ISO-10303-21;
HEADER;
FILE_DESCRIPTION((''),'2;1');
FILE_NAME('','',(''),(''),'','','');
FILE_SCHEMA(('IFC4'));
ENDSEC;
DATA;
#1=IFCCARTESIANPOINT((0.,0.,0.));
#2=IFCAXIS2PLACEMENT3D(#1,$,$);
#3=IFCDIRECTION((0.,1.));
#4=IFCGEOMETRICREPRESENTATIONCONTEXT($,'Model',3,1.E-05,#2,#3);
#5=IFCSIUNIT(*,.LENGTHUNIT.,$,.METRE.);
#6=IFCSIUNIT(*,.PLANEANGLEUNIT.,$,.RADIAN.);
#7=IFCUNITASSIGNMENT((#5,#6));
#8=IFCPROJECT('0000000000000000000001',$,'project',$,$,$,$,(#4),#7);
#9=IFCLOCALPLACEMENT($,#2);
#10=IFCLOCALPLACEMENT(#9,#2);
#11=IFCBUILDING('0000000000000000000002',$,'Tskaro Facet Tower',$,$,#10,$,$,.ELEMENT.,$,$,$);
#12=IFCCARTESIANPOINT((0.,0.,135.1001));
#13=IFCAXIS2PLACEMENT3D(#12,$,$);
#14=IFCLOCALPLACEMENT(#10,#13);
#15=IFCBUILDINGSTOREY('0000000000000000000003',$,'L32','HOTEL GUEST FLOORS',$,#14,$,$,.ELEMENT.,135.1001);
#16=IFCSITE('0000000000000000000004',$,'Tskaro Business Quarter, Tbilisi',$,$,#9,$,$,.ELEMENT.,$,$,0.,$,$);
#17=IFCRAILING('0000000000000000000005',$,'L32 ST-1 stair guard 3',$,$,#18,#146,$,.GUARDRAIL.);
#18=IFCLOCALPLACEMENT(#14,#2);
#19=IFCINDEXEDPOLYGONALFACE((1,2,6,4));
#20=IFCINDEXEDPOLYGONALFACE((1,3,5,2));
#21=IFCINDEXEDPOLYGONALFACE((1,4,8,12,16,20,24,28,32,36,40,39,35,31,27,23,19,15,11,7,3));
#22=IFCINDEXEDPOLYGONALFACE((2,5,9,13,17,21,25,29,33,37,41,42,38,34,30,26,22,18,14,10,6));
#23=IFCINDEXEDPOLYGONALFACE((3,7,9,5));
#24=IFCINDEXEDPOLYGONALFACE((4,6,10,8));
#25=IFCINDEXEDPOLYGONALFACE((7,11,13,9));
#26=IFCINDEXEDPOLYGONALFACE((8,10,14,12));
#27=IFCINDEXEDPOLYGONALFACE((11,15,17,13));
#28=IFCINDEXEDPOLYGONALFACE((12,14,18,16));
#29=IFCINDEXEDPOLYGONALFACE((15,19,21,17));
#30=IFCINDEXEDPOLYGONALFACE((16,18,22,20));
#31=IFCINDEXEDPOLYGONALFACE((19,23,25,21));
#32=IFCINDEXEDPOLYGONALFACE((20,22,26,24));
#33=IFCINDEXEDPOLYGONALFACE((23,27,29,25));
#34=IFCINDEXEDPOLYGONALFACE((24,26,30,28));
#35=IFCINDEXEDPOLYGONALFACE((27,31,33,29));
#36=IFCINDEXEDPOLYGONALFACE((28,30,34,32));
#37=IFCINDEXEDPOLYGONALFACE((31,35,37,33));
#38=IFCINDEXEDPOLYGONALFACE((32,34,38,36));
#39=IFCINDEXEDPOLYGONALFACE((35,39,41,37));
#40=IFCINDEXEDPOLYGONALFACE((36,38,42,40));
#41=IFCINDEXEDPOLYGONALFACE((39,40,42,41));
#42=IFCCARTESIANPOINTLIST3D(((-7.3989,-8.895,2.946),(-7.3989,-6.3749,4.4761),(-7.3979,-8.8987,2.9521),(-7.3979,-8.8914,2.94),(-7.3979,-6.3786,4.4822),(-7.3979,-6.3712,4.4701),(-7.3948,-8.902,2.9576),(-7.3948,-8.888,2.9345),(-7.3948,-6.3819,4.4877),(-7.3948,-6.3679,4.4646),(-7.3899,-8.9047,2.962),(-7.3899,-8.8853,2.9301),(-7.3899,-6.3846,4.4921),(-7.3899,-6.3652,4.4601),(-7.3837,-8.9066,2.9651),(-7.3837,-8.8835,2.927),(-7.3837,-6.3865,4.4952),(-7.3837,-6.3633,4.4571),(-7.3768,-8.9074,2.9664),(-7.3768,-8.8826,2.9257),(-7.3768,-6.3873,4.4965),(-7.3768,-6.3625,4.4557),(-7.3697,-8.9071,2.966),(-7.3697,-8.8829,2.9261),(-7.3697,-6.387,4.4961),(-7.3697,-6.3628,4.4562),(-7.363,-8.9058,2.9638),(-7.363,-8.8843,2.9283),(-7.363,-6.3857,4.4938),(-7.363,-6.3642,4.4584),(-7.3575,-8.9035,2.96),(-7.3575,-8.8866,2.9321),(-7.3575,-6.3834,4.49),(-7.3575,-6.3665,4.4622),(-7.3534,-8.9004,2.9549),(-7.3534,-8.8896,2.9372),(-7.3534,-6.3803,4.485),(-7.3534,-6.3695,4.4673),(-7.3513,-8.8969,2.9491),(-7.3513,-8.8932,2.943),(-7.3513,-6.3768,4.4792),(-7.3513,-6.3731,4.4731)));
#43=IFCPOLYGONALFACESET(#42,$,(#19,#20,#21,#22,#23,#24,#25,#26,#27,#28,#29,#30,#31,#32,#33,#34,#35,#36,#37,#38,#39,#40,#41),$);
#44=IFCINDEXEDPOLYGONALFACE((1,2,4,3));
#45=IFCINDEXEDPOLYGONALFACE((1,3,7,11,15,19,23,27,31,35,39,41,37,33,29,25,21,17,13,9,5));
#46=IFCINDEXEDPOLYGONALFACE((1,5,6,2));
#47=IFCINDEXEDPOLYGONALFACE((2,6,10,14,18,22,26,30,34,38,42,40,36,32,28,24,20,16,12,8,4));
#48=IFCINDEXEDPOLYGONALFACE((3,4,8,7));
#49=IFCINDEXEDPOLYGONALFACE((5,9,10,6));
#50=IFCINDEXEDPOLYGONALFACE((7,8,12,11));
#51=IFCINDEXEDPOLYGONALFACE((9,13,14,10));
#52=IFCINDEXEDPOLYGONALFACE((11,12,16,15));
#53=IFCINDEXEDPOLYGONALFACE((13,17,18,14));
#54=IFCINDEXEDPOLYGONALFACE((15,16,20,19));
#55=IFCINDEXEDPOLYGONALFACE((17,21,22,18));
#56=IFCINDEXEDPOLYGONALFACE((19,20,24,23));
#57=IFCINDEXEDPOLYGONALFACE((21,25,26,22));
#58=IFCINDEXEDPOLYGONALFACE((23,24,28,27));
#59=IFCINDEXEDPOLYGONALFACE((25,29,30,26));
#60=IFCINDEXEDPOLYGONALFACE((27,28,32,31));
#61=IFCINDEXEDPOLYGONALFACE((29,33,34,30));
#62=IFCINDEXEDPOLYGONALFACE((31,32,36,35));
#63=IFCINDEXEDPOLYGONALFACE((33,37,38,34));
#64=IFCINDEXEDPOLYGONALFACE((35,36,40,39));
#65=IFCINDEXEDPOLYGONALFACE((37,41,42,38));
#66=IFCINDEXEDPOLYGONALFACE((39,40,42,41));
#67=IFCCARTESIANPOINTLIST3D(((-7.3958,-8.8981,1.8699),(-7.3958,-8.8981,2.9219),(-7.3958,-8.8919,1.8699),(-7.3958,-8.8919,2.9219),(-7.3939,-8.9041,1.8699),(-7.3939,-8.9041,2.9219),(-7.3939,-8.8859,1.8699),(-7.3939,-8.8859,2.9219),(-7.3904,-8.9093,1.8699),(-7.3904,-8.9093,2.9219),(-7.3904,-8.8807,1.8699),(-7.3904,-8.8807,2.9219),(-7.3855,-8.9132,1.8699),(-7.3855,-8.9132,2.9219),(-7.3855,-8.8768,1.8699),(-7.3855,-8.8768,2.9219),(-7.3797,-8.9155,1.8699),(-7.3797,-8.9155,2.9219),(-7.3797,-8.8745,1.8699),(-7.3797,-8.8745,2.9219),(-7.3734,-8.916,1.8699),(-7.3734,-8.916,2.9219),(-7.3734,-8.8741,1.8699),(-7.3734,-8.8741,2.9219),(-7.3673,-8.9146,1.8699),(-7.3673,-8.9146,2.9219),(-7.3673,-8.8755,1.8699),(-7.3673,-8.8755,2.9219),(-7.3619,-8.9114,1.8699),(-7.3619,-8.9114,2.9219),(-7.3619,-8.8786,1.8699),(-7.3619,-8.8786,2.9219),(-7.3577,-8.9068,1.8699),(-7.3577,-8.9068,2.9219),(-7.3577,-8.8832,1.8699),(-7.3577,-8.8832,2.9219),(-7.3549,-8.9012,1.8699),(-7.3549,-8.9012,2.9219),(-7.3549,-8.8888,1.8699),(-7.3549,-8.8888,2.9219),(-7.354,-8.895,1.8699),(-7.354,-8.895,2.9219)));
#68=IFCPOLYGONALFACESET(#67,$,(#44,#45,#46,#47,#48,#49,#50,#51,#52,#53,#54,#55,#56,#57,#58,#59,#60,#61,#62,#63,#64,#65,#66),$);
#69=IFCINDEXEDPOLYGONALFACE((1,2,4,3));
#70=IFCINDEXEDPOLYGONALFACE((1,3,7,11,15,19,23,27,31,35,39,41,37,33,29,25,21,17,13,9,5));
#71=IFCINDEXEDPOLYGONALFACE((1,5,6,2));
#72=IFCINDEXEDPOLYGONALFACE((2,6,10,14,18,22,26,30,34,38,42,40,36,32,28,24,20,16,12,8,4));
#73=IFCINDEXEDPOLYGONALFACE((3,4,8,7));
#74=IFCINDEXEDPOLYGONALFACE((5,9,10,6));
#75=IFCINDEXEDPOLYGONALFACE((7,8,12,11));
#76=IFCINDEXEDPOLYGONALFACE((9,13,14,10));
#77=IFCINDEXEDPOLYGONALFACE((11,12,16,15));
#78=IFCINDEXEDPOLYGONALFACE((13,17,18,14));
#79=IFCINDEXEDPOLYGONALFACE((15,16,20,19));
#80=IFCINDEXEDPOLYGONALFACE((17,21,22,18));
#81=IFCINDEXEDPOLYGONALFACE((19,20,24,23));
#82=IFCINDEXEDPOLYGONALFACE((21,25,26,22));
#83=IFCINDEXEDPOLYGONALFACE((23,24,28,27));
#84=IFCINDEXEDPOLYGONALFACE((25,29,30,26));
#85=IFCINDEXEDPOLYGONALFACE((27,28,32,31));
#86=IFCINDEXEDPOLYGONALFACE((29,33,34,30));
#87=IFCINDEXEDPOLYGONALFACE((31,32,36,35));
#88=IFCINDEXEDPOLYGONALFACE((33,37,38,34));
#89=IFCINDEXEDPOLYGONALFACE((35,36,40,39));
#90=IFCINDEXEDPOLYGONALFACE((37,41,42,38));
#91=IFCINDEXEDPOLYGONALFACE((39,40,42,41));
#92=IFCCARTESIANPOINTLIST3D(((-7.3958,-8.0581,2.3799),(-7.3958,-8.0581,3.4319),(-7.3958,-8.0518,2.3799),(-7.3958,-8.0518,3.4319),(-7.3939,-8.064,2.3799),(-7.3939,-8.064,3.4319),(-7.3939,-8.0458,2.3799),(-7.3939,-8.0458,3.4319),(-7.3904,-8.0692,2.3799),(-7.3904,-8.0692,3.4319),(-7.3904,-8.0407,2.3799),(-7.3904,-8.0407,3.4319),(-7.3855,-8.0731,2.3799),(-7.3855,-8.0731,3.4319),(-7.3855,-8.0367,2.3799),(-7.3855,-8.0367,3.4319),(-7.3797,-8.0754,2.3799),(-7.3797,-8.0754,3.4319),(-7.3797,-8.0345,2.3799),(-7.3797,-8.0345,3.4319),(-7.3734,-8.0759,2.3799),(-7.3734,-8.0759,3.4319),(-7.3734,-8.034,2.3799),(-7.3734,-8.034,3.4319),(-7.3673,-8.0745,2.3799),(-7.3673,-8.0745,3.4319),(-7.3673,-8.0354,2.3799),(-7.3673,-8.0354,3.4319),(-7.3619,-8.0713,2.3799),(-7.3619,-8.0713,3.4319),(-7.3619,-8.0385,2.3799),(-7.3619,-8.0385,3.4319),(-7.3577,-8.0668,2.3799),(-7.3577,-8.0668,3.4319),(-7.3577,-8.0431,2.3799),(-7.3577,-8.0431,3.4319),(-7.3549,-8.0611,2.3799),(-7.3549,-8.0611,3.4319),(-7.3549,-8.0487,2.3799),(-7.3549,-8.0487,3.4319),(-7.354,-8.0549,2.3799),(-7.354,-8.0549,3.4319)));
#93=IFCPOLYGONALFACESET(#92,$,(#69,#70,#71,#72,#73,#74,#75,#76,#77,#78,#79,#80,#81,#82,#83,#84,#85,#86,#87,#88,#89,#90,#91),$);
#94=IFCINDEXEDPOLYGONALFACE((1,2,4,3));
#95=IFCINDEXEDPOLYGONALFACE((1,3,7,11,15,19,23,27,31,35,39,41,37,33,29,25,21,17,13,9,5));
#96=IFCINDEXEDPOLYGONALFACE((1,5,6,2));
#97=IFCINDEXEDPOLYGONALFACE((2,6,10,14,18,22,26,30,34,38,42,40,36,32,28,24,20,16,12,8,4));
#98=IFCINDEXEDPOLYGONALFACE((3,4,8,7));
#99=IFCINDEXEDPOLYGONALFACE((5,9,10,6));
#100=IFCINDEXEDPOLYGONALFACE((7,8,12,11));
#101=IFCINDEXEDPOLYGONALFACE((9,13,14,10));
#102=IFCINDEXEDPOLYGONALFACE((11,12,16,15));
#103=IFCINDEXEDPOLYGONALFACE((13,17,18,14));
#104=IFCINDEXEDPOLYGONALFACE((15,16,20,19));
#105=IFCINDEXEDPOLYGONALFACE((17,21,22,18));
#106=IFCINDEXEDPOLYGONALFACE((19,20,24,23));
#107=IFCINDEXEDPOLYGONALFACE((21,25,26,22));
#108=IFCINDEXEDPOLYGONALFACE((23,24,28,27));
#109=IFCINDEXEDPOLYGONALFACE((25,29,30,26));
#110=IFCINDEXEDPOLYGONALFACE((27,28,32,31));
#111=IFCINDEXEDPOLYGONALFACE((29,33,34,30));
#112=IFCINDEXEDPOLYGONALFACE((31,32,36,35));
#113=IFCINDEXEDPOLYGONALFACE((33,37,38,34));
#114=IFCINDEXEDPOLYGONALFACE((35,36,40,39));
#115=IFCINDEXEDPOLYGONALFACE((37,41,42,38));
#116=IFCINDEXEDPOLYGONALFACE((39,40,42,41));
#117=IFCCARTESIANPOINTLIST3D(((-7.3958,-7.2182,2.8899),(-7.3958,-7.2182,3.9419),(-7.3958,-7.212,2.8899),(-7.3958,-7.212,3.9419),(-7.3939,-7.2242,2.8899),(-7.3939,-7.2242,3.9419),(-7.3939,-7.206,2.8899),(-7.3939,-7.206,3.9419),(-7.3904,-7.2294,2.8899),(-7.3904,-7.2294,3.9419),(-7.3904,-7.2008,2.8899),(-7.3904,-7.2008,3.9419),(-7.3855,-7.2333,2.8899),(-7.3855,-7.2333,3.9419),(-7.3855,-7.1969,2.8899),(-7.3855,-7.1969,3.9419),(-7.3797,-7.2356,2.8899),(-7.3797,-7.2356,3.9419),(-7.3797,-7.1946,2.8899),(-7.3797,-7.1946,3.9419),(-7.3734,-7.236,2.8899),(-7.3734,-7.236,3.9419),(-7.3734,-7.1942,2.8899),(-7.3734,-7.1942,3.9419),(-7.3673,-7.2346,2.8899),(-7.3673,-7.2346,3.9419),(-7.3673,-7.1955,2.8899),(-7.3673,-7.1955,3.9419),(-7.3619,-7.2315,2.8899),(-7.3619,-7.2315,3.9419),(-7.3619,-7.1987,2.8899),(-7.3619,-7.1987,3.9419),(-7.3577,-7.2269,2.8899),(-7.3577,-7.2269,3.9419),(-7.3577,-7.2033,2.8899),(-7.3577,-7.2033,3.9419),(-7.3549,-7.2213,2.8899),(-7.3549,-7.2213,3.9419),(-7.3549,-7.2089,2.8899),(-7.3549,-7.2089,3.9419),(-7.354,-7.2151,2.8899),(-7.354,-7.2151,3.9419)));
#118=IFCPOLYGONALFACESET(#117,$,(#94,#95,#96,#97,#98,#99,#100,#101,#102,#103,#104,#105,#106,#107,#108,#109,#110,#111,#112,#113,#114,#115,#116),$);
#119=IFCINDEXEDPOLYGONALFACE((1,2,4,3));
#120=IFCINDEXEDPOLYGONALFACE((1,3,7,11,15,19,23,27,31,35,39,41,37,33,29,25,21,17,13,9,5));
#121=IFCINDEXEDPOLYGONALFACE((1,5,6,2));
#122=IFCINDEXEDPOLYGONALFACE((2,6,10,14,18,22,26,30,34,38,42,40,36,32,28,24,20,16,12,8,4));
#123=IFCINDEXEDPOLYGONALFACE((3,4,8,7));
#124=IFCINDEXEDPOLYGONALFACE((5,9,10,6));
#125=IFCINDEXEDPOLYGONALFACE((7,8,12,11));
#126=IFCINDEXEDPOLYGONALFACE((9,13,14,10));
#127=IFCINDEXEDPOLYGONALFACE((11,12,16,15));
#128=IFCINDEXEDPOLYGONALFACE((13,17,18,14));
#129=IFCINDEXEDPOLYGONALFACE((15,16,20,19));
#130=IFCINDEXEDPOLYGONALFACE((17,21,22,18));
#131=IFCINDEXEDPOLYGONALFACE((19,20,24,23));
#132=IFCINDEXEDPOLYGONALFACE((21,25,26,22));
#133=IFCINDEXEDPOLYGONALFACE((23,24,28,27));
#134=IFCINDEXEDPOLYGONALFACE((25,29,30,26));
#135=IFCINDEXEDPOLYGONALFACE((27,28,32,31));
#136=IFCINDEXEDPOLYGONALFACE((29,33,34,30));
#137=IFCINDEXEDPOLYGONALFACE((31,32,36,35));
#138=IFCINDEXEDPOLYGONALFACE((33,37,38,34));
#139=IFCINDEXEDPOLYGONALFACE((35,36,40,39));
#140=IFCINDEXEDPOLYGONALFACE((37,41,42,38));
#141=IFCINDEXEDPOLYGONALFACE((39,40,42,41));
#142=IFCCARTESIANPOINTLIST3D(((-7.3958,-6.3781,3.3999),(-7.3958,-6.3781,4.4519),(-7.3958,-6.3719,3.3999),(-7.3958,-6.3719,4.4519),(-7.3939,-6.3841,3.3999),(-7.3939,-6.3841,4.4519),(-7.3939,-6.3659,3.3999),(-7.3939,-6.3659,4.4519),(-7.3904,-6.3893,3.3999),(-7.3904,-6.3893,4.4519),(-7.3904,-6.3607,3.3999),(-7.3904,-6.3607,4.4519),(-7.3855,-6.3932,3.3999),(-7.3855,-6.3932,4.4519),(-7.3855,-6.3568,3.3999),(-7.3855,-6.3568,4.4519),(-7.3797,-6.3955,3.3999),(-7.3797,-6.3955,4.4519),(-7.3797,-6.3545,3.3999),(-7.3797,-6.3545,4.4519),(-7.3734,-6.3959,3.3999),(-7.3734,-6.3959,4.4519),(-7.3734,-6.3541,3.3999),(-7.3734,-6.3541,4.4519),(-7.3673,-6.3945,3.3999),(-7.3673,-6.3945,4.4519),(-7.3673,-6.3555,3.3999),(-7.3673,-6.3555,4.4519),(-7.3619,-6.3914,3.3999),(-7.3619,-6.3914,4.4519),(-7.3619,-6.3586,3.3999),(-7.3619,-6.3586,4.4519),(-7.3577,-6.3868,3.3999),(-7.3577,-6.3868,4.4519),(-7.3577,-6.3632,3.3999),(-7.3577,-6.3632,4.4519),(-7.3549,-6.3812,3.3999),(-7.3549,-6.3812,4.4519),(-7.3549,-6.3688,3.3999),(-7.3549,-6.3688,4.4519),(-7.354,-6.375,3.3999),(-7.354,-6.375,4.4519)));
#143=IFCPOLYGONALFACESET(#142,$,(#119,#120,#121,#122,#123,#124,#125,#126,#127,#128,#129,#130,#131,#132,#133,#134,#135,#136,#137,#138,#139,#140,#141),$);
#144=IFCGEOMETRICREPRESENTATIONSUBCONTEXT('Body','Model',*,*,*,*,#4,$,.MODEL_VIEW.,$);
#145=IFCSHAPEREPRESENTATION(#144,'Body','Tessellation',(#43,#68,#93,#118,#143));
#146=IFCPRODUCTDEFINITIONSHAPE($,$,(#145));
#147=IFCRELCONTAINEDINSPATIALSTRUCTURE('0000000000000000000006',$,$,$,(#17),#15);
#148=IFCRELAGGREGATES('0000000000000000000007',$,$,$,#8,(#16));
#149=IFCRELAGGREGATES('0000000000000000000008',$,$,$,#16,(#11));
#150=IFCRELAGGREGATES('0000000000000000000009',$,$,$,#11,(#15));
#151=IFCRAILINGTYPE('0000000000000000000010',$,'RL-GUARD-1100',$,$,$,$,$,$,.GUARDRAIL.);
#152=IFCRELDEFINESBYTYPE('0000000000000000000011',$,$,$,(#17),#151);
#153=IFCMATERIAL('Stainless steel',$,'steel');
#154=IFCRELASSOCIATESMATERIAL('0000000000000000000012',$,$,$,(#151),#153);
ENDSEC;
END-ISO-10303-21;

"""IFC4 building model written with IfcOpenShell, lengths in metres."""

from ifc_helpers import new_model, si_unit, direction, frame, origin, origin_2d, place, context, subcontext, project, spatial, circle, extrude, material, type_object, element, save


model = new_model("IFC4")

# Units and contexts
model_context = context("Model", 3, precision=1e-05, world=origin(), true_north=direction((0.0, 1.0)))
body_context = subcontext(model_context, "Body", "Model", "MODEL_VIEW")
ifc_project = project(units=[si_unit("LENGTHUNIT", "METRE"), si_unit("PLANEANGLEUNIT", "RADIAN")], contexts=[model_context])

# Site, building, storey
site_placement = place(None, origin())
site = spatial("IfcSite", under=ifc_project, at=site_placement, Name="Tskaro Business Quarter, Tbilisi", CompositionType="ELEMENT", RefElevation=0.0)
building_placement = place(site_placement, origin())
building = spatial("IfcBuilding", under=site, at=building_placement, Name="Tskaro Facet Tower", CompositionType="ELEMENT")
storey_placement = place(building_placement, frame((0.0, 0.0, 135.1001)))
storey = spatial("IfcBuildingStorey", under=building, at=storey_placement, Name="L32", Description="HOTEL GUEST FLOORS", CompositionType="ELEMENT", Elevation=135.1001)

# Shared definitions
ifc_material_1 = material(Name="Stainless steel", Category="steel")

# Railing
railing_type_1 = type_object("IfcRailingType", Name="RL-GUARD-1100", PredefinedType="GUARDRAIL", material=ifc_material_1)
railing_1_placement = place(storey_placement, frame((-7.375, -8.895, 1.8699)))
element("IfcRailing", 1, at=railing_1_placement, inside=storey, type_object=railing_type_1, Name="L32 ST-1 stair guard 3", PredefinedType="GUARDRAIL", context=body_context, shape_type="SweptSolid", body=[
    extrude(circle(Radius=0.0239, at=origin_2d()), frame((0.0, 0.0, 1.0762), z_axis=(0.0, 0.854785, 0.518982), x_axis=(-1.0, 0.0, 0.0)), (0.0, 0.0, 1.0), 2.9482),
    extrude(circle(Radius=0.021, at=origin_2d()), origin(), (0.0, 0.0, 1.0), 1.052),
    extrude(circle(Radius=0.021, at=origin_2d()), frame((0.0, 0.8401, 0.51)), (0.0, 0.0, 1.0), 1.052),
    extrude(circle(Radius=0.021, at=origin_2d()), frame((0.0, 1.6799, 1.02)), (0.0, 0.0, 1.0), 1.052),
    extrude(circle(Radius=0.021, at=origin_2d()), frame((0.0, 2.52, 1.53)), (0.0, 0.0, 1.0), 1.052),
])

save(model, "model.ifc")
